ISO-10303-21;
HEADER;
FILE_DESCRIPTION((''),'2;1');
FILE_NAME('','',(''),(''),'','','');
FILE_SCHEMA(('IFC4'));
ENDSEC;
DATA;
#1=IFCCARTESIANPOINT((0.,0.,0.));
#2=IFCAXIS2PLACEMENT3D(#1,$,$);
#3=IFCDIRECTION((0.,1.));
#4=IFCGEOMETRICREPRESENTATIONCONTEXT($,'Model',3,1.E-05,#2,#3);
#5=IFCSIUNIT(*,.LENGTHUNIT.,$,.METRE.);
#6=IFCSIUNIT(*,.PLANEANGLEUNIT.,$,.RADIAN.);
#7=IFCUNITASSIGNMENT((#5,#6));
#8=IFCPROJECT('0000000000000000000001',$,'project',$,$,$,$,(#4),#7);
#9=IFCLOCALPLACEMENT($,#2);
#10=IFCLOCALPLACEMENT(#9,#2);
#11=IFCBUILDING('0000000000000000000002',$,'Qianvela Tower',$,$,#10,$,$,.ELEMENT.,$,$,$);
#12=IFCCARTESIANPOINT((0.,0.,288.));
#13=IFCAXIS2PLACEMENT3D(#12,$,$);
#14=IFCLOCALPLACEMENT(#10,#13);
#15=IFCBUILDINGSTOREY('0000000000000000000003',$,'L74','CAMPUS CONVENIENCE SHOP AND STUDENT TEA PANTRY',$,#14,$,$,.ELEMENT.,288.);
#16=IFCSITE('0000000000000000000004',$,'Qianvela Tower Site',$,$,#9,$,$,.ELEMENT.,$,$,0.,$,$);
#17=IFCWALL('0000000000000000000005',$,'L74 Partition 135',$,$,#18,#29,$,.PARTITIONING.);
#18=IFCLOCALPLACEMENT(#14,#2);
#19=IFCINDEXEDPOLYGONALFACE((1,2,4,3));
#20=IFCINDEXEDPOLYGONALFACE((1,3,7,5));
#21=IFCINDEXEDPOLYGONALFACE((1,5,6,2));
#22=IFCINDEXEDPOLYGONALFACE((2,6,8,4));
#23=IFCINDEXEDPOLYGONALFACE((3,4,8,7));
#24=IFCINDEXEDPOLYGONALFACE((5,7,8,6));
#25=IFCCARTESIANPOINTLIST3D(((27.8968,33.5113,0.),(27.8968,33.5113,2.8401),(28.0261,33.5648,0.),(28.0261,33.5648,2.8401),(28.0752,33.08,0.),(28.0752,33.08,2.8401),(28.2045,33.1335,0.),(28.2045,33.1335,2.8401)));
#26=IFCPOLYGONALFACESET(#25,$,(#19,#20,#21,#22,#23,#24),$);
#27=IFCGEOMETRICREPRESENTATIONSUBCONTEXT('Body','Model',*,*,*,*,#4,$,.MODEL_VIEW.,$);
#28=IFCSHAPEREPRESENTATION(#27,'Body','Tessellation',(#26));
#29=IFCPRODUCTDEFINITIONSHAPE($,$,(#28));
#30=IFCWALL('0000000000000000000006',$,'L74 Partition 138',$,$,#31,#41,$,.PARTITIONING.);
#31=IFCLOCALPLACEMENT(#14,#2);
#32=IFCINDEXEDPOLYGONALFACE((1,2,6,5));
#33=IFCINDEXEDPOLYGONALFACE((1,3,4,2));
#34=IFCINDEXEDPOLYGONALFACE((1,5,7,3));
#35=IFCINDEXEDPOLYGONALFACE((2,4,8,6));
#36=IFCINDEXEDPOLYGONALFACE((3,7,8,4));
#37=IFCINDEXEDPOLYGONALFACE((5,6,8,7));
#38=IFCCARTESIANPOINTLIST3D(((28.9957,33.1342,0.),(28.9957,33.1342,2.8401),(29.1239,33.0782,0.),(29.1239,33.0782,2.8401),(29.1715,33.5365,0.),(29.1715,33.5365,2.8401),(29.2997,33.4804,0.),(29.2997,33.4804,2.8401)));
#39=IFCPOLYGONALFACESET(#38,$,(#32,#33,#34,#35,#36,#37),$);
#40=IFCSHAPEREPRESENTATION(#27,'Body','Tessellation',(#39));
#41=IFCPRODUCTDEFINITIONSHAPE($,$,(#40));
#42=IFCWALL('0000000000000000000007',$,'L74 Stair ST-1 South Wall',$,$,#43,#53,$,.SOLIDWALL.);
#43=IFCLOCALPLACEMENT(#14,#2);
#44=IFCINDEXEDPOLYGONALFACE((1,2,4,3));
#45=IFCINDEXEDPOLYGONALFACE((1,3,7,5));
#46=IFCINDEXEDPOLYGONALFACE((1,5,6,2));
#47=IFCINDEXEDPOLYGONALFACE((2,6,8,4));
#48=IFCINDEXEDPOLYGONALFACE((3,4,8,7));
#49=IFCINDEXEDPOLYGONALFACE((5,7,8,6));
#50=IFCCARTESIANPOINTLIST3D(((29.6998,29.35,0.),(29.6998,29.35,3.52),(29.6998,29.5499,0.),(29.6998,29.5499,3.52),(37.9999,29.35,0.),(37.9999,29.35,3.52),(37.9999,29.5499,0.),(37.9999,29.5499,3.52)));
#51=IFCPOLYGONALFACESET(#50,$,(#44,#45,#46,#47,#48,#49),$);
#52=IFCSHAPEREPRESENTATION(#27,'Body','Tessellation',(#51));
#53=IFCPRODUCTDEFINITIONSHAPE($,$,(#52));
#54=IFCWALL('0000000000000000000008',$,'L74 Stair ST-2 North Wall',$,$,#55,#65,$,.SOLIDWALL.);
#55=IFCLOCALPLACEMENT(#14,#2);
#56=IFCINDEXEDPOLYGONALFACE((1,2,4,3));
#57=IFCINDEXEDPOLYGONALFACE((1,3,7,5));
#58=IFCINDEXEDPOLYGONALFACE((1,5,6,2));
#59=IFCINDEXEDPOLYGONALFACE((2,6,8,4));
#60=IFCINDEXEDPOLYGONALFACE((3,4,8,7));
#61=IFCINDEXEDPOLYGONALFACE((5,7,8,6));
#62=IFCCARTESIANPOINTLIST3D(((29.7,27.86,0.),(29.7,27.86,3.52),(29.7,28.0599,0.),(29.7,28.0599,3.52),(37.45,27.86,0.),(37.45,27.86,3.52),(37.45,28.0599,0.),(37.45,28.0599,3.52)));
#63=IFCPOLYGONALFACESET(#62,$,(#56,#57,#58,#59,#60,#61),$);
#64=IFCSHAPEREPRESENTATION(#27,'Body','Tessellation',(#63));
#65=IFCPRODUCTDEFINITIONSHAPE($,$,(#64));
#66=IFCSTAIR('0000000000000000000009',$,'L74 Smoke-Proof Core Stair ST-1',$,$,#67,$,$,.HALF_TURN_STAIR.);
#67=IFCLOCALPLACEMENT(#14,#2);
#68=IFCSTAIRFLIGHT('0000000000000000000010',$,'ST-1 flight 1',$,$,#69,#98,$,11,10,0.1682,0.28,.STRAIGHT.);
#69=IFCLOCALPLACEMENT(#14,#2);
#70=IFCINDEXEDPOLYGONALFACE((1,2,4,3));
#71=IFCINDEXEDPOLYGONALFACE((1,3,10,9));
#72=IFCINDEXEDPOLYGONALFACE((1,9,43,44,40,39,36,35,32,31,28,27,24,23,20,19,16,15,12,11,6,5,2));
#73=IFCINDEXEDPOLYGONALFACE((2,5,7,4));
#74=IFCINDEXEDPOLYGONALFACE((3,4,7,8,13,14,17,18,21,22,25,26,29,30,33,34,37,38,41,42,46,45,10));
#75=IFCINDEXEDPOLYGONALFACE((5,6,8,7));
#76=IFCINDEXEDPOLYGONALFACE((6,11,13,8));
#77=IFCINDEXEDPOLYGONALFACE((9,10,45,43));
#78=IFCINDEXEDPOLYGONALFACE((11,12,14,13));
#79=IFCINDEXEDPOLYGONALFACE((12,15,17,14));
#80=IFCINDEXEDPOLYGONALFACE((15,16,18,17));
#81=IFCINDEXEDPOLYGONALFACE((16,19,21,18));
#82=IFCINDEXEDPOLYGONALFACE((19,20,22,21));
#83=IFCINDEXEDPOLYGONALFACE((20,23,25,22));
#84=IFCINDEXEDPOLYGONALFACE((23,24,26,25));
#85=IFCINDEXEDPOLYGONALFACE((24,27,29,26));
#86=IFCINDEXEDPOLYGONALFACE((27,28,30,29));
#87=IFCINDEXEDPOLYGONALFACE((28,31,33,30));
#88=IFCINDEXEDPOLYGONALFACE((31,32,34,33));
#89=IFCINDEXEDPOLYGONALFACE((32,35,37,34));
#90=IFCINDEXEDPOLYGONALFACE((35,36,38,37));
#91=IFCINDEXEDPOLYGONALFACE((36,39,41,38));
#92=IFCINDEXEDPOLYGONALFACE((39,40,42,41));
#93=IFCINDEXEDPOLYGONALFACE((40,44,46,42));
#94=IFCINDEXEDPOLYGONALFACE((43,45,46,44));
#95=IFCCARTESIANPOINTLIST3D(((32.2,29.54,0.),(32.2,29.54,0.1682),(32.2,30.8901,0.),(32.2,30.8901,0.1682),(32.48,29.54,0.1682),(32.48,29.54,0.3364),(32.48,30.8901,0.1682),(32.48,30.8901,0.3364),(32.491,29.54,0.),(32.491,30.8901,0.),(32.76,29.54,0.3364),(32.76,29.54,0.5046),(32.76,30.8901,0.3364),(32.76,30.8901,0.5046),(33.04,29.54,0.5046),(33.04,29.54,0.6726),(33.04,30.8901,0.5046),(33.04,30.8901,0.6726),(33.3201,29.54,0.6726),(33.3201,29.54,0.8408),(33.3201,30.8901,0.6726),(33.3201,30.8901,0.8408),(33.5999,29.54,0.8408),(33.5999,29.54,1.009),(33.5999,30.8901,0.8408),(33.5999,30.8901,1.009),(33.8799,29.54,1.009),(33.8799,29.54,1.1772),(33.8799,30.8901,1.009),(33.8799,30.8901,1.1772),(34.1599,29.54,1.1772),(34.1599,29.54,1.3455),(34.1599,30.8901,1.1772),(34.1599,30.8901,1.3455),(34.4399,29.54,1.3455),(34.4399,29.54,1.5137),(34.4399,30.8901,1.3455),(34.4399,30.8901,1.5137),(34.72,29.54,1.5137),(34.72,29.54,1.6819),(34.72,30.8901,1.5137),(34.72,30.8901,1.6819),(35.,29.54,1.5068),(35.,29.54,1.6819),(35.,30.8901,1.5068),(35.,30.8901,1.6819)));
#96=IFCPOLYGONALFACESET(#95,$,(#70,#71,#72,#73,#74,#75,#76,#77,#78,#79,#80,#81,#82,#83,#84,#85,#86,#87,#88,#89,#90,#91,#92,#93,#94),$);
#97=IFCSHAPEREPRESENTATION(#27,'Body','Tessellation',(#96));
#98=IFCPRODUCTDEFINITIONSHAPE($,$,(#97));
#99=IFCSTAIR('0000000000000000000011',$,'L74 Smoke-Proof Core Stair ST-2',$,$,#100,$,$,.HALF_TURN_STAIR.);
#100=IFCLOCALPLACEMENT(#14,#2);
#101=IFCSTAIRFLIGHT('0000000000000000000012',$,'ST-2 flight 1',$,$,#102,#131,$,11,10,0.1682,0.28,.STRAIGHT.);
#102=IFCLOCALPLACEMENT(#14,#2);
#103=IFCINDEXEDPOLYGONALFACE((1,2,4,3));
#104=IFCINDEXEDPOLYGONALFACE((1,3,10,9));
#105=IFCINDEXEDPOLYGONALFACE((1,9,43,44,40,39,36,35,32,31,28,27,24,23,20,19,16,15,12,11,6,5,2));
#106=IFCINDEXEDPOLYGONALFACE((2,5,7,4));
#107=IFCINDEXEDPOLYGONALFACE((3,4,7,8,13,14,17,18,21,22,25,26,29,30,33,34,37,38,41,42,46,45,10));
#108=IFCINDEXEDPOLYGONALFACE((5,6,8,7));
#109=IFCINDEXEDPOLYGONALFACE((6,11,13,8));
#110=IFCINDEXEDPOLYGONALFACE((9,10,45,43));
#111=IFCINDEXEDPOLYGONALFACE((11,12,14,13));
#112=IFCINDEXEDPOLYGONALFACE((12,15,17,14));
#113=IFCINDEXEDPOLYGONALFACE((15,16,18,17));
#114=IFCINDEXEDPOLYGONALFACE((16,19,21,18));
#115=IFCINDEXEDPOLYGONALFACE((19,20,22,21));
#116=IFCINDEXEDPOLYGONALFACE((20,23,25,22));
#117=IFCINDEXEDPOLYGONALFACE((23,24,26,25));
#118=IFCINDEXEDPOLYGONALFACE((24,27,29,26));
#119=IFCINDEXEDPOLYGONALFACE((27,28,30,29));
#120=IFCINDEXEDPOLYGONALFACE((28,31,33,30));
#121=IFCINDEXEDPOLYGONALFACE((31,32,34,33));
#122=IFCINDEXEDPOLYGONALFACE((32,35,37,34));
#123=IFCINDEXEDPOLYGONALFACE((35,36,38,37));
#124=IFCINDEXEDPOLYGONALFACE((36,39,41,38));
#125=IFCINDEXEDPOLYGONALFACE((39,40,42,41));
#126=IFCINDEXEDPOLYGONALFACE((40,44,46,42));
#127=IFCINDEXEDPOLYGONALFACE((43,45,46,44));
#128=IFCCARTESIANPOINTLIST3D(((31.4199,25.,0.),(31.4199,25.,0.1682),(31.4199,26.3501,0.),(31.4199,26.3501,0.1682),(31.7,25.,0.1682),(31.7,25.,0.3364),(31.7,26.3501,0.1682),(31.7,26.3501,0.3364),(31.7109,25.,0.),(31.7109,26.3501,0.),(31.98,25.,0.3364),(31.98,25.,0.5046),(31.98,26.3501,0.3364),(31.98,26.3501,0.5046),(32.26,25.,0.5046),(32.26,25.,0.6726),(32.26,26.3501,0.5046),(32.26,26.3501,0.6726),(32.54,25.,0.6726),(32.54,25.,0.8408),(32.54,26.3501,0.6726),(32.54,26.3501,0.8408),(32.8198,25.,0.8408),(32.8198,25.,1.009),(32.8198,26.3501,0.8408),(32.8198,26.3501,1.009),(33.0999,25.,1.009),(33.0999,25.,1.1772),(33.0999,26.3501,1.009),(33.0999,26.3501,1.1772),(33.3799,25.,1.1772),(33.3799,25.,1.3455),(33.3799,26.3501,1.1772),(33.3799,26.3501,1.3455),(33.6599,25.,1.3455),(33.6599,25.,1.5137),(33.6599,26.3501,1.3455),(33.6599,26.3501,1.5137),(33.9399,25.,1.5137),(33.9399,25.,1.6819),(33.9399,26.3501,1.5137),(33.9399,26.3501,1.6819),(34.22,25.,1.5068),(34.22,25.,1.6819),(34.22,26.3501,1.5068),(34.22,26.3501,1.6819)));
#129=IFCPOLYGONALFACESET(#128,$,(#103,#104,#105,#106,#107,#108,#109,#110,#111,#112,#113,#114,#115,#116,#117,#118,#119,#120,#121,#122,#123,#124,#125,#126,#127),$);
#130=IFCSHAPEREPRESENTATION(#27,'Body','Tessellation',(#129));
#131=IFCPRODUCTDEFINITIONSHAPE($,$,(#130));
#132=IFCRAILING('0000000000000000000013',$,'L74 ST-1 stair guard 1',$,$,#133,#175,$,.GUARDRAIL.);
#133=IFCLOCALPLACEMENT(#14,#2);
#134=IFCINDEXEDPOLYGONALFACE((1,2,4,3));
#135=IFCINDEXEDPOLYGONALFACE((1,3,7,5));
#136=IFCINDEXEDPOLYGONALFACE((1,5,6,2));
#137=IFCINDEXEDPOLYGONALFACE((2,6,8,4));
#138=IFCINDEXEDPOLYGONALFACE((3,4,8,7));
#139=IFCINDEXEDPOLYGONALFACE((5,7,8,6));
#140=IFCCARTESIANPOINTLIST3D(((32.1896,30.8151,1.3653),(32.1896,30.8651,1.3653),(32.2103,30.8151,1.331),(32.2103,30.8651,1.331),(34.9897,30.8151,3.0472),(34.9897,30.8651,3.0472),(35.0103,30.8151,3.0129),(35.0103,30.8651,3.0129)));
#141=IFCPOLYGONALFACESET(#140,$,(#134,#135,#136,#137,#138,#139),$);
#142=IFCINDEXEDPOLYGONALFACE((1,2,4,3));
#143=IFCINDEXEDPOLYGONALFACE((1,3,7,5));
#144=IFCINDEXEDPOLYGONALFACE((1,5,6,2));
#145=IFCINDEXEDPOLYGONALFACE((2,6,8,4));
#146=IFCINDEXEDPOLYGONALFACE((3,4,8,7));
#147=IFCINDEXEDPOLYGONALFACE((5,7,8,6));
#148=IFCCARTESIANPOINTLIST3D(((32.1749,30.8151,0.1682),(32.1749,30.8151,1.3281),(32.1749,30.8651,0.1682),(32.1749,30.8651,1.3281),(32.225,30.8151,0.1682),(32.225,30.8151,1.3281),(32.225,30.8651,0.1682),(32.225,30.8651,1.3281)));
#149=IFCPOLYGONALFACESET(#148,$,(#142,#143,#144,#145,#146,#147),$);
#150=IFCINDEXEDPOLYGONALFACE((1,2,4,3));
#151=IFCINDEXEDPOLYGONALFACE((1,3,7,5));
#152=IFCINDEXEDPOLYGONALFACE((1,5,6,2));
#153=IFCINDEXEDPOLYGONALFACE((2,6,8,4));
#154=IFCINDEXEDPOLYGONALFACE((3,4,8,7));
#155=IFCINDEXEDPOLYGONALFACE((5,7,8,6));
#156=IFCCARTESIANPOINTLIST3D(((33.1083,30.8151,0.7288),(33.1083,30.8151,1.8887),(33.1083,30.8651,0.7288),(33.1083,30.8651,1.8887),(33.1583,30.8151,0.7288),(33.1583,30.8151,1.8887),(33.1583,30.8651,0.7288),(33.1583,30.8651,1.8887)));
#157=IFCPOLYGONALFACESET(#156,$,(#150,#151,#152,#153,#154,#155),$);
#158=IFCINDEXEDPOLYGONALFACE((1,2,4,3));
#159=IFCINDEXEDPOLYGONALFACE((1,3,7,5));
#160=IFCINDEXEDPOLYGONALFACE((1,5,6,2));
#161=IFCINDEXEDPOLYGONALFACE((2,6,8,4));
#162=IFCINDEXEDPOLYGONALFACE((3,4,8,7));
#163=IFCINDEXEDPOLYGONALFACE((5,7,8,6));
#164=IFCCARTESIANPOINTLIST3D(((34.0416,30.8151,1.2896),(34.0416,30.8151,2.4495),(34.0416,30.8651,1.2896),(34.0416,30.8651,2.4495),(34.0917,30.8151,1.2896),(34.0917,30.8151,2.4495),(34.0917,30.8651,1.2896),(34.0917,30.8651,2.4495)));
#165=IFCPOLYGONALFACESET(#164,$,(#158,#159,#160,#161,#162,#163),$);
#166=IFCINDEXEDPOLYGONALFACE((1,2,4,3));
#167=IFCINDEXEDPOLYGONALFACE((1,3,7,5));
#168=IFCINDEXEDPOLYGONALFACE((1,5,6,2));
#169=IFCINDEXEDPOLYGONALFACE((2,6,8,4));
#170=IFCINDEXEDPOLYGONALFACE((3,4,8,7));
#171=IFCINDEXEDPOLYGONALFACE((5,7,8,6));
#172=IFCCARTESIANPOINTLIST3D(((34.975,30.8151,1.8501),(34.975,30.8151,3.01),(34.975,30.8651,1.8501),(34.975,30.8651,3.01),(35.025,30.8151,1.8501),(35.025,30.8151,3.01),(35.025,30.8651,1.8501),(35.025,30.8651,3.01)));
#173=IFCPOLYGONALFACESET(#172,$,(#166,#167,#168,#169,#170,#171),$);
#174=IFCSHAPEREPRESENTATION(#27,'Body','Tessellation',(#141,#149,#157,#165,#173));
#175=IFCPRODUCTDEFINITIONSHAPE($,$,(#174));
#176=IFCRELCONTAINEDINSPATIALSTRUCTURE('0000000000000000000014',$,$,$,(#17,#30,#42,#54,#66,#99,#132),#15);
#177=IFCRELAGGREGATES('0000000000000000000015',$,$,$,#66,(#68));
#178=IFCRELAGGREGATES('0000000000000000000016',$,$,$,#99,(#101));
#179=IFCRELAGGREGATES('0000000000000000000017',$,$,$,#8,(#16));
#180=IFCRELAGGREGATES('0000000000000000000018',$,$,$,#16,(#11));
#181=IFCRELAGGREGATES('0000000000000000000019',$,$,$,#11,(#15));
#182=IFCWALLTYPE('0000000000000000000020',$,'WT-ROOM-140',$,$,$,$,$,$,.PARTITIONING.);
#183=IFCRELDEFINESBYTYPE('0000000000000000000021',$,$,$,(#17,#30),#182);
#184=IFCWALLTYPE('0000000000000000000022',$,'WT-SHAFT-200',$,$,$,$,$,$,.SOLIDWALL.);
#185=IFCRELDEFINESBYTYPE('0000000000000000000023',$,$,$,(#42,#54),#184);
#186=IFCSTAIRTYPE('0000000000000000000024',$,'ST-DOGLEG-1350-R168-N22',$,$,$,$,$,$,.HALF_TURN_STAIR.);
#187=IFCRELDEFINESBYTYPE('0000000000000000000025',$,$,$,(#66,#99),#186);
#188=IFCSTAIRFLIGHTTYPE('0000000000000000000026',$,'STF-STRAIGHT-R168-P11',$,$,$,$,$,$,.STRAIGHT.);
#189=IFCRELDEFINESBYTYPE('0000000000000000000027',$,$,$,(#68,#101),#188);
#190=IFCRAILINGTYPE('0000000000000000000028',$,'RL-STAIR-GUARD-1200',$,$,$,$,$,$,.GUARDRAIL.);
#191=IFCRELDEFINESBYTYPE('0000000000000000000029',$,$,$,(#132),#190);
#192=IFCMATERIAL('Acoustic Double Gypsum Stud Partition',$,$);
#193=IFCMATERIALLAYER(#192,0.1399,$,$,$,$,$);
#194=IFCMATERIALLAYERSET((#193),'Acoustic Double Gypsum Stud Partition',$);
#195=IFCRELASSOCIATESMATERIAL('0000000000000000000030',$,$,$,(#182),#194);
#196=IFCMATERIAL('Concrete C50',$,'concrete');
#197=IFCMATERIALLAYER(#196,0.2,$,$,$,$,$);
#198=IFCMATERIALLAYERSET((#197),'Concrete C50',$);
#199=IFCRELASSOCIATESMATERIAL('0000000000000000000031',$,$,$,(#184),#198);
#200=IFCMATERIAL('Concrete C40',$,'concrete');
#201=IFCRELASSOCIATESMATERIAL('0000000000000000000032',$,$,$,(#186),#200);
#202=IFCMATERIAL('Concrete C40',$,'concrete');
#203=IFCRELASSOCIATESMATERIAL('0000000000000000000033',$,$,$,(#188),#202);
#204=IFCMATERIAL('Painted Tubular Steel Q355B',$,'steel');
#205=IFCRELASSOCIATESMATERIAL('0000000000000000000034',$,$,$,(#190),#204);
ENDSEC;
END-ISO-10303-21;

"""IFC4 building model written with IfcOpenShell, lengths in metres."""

from ifc_helpers import new_model, si_unit, direction, frame, frame_2d, origin, origin_2d, place, context, subcontext, project, spatial, polyline, rectangle, outline, extrude, material, layer, layer_set, type_object, element, aggregate, save


model = new_model("IFC4")

# Units and contexts
model_context = context("Model", 3, precision=1e-05, world=origin(), true_north=direction((0.0, 1.0)))
body_context = subcontext(model_context, "Body", "Model", "MODEL_VIEW")
ifc_project = project(units=[si_unit("LENGTHUNIT", "METRE"), si_unit("PLANEANGLEUNIT", "RADIAN")], contexts=[model_context])

# Site, building, storey
site_placement = place(None, origin())
site = spatial("IfcSite", under=ifc_project, at=site_placement, Name="Qianvela Tower Site", CompositionType="ELEMENT", RefElevation=0.0)
building_placement = place(site_placement, origin())
building = spatial("IfcBuilding", under=site, at=building_placement, Name="Qianvela Tower", CompositionType="ELEMENT")
storey_placement = place(building_placement, frame((0.0, 0.0, 288.0)))
storey = spatial("IfcBuildingStorey", under=building, at=storey_placement, Name="L74", Description="CAMPUS CONVENIENCE SHOP AND STUDENT TEA PANTRY", CompositionType="ELEMENT", Elevation=288.0)

# Walls
ifc_material_1 = material(Name="Acoustic Double Gypsum Stud Partition")
ifc_layer_1 = layer(ifc_material_1, 0.1399)
ifc_layer_set_1 = layer_set([ifc_layer_1], Name="Acoustic Double Gypsum Stud Partition")
wall_type_1 = type_object("IfcWallType", Name="WT-ROOM-140", PredefinedType="PARTITIONING", material=ifc_layer_set_1)
wall_1_placement = place(storey_placement, frame((27.9614, 33.5381, 0.0), z_axis=(0.0, 0.0, 1.0), x_axis=(0.382275, -0.924049, 0.0)))
element("IfcWall", 1, at=wall_1_placement, inside=storey, type_object=wall_type_1, Name="L74 Partition 135", PredefinedType="PARTITIONING", context=body_context, shape_type="SweptSolid", body=[
    extrude(rectangle(XDim=0.4668, YDim=0.1399, at=frame_2d((0.2334, 0.0))), origin(), (0.0, 0.0, 1.0), 2.8401),
])
wall_2_placement = place(storey_placement, frame((29.0598, 33.1062, 0.0), z_axis=(0.0, 0.0, 1.0), x_axis=(0.400352, 0.916361, 0.0)))
element("IfcWall", 2, at=wall_2_placement, inside=storey, type_object=wall_type_1, Name="L74 Partition 138", PredefinedType="PARTITIONING", context=body_context, shape_type="SweptSolid", body=[
    extrude(rectangle(XDim=0.439, YDim=0.1399, at=frame_2d((0.2195, 0.0))), origin(), (0.0, 0.0, 1.0), 2.8401),
])
ifc_material_2 = material(Name="Concrete C50", Category="concrete")
ifc_layer_2 = layer(ifc_material_2, 0.2)
ifc_layer_set_2 = layer_set([ifc_layer_2], Name="Concrete C50")
wall_type_2 = type_object("IfcWallType", Name="WT-SHAFT-200", PredefinedType="SOLIDWALL", material=ifc_layer_set_2)
wall_3_placement = place(storey_placement, frame((29.7, 29.45, 0.0), z_axis=(0.0, 0.0, 1.0), x_axis=(1.0, 0.0, 0.0)))
element("IfcWall", 3, at=wall_3_placement, inside=storey, type_object=wall_type_2, Name="L74 Stair ST-1 South Wall", PredefinedType="SOLIDWALL", context=body_context, shape_type="SweptSolid", body=[
    extrude(rectangle(XDim=8.3, YDim=0.2, at=frame_2d((4.1499, 0.0))), origin(), (0.0, 0.0, 1.0), 3.52),
])
wall_4_placement = place(storey_placement, frame((29.7, 27.96, 0.0), z_axis=(0.0, 0.0, 1.0), x_axis=(1.0, 0.0, 0.0)))
element("IfcWall", 4, at=wall_4_placement, inside=storey, type_object=wall_type_2, Name="L74 Stair ST-2 North Wall", PredefinedType="SOLIDWALL", context=body_context, shape_type="SweptSolid", body=[
    extrude(rectangle(XDim=7.75, YDim=0.2, at=frame_2d((3.875, 0.0))), origin(), (0.0, 0.0, 1.0), 3.52),
])

# Stairs, stair flights
ifc_material_3 = material(Name="Concrete C40", Category="concrete")
stair_type = type_object("IfcStairType", Name="ST-DOGLEG-1350-R168-N22", PredefinedType="HALF_TURN_STAIR", material=ifc_material_3)
stair_1_placement = place(storey_placement, origin())
stair_1 = element("IfcStair", 5, at=stair_1_placement, inside=storey, type_object=stair_type, Name="L74 Smoke-Proof Core Stair ST-1", PredefinedType="HALF_TURN_STAIR")
ifc_material_4 = material(Name="Concrete C40", Category="concrete")
stair_flight_type = type_object("IfcStairFlightType", Name="STF-STRAIGHT-R168-P11", PredefinedType="STRAIGHT", material=ifc_material_4)
stair_flight_1_placement = place(storey_placement, frame((32.2, 30.2151, 0.0), z_axis=(0.0, 0.0, 1.0), x_axis=(1.0, 0.0, 0.0)))
stair_flight_1 = element("IfcStairFlight", 6, at=stair_flight_1_placement, type_object=stair_flight_type, Name="ST-1 flight 1", NumberOfRisers=11, NumberOfTreads=10, PredefinedType="STRAIGHT", RiserHeight=0.1682, TreadLength=0.28, context=body_context, shape_type="SweptSolid", body=[
    extrude(outline(polyline([(0.0, 0.0), (0.0, 0.1682), (0.28, 0.1682), (0.28, 0.3364), (0.5601, 0.3364), (0.5601, 0.5046), (0.8401, 0.5046), (0.8401, 0.6726), (1.1201, 0.6726), (1.1201, 0.8408), (1.3999, 0.8408), (1.3999, 1.009), (1.6799, 1.009), (1.6799, 1.1772), (1.96, 1.1772), (1.96, 1.3455), (2.24, 1.3455), (2.24, 1.5137), (2.52, 1.5137), (2.52, 1.6819), (2.8, 1.6819), (2.8, 1.8501), (2.8, 1.5068), (0.291, 0.0), (0.0, 0.0)])), frame((0.0, 0.675, 0.0), z_axis=(0.0, -1.0, 0.0), x_axis=(1.0, 0.0, 0.0)), (0.0, 0.0, 1.0), 1.3501),
])
aggregate(stair_1, [stair_flight_1])
stair_2_placement = place(storey_placement, origin())
stair_2 = element("IfcStair", 7, at=stair_2_placement, inside=storey, type_object=stair_type, Name="L74 Smoke-Proof Core Stair ST-2", PredefinedType="HALF_TURN_STAIR")
stair_flight_2_placement = place(storey_placement, frame((31.4199, 25.675, 0.0), z_axis=(0.0, 0.0, 1.0), x_axis=(1.0, 0.0, 0.0)))
stair_flight_2 = element("IfcStairFlight", 8, at=stair_flight_2_placement, type_object=stair_flight_type, Name="ST-2 flight 1", NumberOfRisers=11, NumberOfTreads=10, PredefinedType="STRAIGHT", RiserHeight=0.1682, TreadLength=0.28, context=body_context, shape_type="SweptSolid", body=[
    extrude(outline(polyline([(0.0, 0.0), (0.0, 0.1682), (0.28, 0.1682), (0.28, 0.3364), (0.5601, 0.3364), (0.5601, 0.5046), (0.8401, 0.5046), (0.8401, 0.6726), (1.1201, 0.6726), (1.1201, 0.8408), (1.3999, 0.8408), (1.3999, 1.009), (1.6799, 1.009), (1.6799, 1.1772), (1.96, 1.1772), (1.96, 1.3455), (2.24, 1.3455), (2.24, 1.5137), (2.52, 1.5137), (2.52, 1.6819), (2.8, 1.6819), (2.8, 1.8501), (2.8, 1.5068), (0.291, 0.0), (0.0, 0.0)])), frame((0.0, 0.675, 0.0), z_axis=(0.0, -1.0, 0.0), x_axis=(1.0, 0.0, 0.0)), (0.0, 0.0, 1.0), 1.3501),
])
aggregate(stair_2, [stair_flight_2])

# Railing
ifc_material_5 = material(Name="Painted Tubular Steel Q355B", Category="steel")
railing_type_1 = type_object("IfcRailingType", Name="RL-STAIR-GUARD-1200", PredefinedType="GUARDRAIL", material=ifc_material_5)
railing_1_placement = place(storey_placement, frame((32.2, 30.8401, 0.1682)))
element("IfcRailing", 9, at=railing_1_placement, inside=storey, type_object=railing_type_1, Name="L74 ST-1 stair guard 1", PredefinedType="GUARDRAIL", context=body_context, shape_type="SweptSolid", body=[
    extrude(rectangle(XDim=0.05, YDim=0.04, at=origin_2d()), frame((0.0, 0.0, 1.1799), z_axis=(0.857242, 0.0, 0.514913), x_axis=(0.0, 1.0, 0.0)), (0.0, 0.0, 1.0), 3.2664),
    extrude(rectangle(XDim=0.05, YDim=0.05, at=origin_2d()), origin(), (0.0, 0.0, 1.0), 1.1599),
    extrude(rectangle(XDim=0.05, YDim=0.05, at=origin_2d()), frame((0.9333, 0.0, 0.5605)), (0.0, 0.0, 1.0), 1.1599),
    extrude(rectangle(XDim=0.05, YDim=0.05, at=origin_2d()), frame((1.8667, 0.0, 1.1213)), (0.0, 0.0, 1.0), 1.1599),
    extrude(rectangle(XDim=0.05, YDim=0.05, at=origin_2d()), frame((2.8, 0.0, 1.6819)), (0.0, 0.0, 1.0), 1.1599),
])

save(model, "model.ifc")
